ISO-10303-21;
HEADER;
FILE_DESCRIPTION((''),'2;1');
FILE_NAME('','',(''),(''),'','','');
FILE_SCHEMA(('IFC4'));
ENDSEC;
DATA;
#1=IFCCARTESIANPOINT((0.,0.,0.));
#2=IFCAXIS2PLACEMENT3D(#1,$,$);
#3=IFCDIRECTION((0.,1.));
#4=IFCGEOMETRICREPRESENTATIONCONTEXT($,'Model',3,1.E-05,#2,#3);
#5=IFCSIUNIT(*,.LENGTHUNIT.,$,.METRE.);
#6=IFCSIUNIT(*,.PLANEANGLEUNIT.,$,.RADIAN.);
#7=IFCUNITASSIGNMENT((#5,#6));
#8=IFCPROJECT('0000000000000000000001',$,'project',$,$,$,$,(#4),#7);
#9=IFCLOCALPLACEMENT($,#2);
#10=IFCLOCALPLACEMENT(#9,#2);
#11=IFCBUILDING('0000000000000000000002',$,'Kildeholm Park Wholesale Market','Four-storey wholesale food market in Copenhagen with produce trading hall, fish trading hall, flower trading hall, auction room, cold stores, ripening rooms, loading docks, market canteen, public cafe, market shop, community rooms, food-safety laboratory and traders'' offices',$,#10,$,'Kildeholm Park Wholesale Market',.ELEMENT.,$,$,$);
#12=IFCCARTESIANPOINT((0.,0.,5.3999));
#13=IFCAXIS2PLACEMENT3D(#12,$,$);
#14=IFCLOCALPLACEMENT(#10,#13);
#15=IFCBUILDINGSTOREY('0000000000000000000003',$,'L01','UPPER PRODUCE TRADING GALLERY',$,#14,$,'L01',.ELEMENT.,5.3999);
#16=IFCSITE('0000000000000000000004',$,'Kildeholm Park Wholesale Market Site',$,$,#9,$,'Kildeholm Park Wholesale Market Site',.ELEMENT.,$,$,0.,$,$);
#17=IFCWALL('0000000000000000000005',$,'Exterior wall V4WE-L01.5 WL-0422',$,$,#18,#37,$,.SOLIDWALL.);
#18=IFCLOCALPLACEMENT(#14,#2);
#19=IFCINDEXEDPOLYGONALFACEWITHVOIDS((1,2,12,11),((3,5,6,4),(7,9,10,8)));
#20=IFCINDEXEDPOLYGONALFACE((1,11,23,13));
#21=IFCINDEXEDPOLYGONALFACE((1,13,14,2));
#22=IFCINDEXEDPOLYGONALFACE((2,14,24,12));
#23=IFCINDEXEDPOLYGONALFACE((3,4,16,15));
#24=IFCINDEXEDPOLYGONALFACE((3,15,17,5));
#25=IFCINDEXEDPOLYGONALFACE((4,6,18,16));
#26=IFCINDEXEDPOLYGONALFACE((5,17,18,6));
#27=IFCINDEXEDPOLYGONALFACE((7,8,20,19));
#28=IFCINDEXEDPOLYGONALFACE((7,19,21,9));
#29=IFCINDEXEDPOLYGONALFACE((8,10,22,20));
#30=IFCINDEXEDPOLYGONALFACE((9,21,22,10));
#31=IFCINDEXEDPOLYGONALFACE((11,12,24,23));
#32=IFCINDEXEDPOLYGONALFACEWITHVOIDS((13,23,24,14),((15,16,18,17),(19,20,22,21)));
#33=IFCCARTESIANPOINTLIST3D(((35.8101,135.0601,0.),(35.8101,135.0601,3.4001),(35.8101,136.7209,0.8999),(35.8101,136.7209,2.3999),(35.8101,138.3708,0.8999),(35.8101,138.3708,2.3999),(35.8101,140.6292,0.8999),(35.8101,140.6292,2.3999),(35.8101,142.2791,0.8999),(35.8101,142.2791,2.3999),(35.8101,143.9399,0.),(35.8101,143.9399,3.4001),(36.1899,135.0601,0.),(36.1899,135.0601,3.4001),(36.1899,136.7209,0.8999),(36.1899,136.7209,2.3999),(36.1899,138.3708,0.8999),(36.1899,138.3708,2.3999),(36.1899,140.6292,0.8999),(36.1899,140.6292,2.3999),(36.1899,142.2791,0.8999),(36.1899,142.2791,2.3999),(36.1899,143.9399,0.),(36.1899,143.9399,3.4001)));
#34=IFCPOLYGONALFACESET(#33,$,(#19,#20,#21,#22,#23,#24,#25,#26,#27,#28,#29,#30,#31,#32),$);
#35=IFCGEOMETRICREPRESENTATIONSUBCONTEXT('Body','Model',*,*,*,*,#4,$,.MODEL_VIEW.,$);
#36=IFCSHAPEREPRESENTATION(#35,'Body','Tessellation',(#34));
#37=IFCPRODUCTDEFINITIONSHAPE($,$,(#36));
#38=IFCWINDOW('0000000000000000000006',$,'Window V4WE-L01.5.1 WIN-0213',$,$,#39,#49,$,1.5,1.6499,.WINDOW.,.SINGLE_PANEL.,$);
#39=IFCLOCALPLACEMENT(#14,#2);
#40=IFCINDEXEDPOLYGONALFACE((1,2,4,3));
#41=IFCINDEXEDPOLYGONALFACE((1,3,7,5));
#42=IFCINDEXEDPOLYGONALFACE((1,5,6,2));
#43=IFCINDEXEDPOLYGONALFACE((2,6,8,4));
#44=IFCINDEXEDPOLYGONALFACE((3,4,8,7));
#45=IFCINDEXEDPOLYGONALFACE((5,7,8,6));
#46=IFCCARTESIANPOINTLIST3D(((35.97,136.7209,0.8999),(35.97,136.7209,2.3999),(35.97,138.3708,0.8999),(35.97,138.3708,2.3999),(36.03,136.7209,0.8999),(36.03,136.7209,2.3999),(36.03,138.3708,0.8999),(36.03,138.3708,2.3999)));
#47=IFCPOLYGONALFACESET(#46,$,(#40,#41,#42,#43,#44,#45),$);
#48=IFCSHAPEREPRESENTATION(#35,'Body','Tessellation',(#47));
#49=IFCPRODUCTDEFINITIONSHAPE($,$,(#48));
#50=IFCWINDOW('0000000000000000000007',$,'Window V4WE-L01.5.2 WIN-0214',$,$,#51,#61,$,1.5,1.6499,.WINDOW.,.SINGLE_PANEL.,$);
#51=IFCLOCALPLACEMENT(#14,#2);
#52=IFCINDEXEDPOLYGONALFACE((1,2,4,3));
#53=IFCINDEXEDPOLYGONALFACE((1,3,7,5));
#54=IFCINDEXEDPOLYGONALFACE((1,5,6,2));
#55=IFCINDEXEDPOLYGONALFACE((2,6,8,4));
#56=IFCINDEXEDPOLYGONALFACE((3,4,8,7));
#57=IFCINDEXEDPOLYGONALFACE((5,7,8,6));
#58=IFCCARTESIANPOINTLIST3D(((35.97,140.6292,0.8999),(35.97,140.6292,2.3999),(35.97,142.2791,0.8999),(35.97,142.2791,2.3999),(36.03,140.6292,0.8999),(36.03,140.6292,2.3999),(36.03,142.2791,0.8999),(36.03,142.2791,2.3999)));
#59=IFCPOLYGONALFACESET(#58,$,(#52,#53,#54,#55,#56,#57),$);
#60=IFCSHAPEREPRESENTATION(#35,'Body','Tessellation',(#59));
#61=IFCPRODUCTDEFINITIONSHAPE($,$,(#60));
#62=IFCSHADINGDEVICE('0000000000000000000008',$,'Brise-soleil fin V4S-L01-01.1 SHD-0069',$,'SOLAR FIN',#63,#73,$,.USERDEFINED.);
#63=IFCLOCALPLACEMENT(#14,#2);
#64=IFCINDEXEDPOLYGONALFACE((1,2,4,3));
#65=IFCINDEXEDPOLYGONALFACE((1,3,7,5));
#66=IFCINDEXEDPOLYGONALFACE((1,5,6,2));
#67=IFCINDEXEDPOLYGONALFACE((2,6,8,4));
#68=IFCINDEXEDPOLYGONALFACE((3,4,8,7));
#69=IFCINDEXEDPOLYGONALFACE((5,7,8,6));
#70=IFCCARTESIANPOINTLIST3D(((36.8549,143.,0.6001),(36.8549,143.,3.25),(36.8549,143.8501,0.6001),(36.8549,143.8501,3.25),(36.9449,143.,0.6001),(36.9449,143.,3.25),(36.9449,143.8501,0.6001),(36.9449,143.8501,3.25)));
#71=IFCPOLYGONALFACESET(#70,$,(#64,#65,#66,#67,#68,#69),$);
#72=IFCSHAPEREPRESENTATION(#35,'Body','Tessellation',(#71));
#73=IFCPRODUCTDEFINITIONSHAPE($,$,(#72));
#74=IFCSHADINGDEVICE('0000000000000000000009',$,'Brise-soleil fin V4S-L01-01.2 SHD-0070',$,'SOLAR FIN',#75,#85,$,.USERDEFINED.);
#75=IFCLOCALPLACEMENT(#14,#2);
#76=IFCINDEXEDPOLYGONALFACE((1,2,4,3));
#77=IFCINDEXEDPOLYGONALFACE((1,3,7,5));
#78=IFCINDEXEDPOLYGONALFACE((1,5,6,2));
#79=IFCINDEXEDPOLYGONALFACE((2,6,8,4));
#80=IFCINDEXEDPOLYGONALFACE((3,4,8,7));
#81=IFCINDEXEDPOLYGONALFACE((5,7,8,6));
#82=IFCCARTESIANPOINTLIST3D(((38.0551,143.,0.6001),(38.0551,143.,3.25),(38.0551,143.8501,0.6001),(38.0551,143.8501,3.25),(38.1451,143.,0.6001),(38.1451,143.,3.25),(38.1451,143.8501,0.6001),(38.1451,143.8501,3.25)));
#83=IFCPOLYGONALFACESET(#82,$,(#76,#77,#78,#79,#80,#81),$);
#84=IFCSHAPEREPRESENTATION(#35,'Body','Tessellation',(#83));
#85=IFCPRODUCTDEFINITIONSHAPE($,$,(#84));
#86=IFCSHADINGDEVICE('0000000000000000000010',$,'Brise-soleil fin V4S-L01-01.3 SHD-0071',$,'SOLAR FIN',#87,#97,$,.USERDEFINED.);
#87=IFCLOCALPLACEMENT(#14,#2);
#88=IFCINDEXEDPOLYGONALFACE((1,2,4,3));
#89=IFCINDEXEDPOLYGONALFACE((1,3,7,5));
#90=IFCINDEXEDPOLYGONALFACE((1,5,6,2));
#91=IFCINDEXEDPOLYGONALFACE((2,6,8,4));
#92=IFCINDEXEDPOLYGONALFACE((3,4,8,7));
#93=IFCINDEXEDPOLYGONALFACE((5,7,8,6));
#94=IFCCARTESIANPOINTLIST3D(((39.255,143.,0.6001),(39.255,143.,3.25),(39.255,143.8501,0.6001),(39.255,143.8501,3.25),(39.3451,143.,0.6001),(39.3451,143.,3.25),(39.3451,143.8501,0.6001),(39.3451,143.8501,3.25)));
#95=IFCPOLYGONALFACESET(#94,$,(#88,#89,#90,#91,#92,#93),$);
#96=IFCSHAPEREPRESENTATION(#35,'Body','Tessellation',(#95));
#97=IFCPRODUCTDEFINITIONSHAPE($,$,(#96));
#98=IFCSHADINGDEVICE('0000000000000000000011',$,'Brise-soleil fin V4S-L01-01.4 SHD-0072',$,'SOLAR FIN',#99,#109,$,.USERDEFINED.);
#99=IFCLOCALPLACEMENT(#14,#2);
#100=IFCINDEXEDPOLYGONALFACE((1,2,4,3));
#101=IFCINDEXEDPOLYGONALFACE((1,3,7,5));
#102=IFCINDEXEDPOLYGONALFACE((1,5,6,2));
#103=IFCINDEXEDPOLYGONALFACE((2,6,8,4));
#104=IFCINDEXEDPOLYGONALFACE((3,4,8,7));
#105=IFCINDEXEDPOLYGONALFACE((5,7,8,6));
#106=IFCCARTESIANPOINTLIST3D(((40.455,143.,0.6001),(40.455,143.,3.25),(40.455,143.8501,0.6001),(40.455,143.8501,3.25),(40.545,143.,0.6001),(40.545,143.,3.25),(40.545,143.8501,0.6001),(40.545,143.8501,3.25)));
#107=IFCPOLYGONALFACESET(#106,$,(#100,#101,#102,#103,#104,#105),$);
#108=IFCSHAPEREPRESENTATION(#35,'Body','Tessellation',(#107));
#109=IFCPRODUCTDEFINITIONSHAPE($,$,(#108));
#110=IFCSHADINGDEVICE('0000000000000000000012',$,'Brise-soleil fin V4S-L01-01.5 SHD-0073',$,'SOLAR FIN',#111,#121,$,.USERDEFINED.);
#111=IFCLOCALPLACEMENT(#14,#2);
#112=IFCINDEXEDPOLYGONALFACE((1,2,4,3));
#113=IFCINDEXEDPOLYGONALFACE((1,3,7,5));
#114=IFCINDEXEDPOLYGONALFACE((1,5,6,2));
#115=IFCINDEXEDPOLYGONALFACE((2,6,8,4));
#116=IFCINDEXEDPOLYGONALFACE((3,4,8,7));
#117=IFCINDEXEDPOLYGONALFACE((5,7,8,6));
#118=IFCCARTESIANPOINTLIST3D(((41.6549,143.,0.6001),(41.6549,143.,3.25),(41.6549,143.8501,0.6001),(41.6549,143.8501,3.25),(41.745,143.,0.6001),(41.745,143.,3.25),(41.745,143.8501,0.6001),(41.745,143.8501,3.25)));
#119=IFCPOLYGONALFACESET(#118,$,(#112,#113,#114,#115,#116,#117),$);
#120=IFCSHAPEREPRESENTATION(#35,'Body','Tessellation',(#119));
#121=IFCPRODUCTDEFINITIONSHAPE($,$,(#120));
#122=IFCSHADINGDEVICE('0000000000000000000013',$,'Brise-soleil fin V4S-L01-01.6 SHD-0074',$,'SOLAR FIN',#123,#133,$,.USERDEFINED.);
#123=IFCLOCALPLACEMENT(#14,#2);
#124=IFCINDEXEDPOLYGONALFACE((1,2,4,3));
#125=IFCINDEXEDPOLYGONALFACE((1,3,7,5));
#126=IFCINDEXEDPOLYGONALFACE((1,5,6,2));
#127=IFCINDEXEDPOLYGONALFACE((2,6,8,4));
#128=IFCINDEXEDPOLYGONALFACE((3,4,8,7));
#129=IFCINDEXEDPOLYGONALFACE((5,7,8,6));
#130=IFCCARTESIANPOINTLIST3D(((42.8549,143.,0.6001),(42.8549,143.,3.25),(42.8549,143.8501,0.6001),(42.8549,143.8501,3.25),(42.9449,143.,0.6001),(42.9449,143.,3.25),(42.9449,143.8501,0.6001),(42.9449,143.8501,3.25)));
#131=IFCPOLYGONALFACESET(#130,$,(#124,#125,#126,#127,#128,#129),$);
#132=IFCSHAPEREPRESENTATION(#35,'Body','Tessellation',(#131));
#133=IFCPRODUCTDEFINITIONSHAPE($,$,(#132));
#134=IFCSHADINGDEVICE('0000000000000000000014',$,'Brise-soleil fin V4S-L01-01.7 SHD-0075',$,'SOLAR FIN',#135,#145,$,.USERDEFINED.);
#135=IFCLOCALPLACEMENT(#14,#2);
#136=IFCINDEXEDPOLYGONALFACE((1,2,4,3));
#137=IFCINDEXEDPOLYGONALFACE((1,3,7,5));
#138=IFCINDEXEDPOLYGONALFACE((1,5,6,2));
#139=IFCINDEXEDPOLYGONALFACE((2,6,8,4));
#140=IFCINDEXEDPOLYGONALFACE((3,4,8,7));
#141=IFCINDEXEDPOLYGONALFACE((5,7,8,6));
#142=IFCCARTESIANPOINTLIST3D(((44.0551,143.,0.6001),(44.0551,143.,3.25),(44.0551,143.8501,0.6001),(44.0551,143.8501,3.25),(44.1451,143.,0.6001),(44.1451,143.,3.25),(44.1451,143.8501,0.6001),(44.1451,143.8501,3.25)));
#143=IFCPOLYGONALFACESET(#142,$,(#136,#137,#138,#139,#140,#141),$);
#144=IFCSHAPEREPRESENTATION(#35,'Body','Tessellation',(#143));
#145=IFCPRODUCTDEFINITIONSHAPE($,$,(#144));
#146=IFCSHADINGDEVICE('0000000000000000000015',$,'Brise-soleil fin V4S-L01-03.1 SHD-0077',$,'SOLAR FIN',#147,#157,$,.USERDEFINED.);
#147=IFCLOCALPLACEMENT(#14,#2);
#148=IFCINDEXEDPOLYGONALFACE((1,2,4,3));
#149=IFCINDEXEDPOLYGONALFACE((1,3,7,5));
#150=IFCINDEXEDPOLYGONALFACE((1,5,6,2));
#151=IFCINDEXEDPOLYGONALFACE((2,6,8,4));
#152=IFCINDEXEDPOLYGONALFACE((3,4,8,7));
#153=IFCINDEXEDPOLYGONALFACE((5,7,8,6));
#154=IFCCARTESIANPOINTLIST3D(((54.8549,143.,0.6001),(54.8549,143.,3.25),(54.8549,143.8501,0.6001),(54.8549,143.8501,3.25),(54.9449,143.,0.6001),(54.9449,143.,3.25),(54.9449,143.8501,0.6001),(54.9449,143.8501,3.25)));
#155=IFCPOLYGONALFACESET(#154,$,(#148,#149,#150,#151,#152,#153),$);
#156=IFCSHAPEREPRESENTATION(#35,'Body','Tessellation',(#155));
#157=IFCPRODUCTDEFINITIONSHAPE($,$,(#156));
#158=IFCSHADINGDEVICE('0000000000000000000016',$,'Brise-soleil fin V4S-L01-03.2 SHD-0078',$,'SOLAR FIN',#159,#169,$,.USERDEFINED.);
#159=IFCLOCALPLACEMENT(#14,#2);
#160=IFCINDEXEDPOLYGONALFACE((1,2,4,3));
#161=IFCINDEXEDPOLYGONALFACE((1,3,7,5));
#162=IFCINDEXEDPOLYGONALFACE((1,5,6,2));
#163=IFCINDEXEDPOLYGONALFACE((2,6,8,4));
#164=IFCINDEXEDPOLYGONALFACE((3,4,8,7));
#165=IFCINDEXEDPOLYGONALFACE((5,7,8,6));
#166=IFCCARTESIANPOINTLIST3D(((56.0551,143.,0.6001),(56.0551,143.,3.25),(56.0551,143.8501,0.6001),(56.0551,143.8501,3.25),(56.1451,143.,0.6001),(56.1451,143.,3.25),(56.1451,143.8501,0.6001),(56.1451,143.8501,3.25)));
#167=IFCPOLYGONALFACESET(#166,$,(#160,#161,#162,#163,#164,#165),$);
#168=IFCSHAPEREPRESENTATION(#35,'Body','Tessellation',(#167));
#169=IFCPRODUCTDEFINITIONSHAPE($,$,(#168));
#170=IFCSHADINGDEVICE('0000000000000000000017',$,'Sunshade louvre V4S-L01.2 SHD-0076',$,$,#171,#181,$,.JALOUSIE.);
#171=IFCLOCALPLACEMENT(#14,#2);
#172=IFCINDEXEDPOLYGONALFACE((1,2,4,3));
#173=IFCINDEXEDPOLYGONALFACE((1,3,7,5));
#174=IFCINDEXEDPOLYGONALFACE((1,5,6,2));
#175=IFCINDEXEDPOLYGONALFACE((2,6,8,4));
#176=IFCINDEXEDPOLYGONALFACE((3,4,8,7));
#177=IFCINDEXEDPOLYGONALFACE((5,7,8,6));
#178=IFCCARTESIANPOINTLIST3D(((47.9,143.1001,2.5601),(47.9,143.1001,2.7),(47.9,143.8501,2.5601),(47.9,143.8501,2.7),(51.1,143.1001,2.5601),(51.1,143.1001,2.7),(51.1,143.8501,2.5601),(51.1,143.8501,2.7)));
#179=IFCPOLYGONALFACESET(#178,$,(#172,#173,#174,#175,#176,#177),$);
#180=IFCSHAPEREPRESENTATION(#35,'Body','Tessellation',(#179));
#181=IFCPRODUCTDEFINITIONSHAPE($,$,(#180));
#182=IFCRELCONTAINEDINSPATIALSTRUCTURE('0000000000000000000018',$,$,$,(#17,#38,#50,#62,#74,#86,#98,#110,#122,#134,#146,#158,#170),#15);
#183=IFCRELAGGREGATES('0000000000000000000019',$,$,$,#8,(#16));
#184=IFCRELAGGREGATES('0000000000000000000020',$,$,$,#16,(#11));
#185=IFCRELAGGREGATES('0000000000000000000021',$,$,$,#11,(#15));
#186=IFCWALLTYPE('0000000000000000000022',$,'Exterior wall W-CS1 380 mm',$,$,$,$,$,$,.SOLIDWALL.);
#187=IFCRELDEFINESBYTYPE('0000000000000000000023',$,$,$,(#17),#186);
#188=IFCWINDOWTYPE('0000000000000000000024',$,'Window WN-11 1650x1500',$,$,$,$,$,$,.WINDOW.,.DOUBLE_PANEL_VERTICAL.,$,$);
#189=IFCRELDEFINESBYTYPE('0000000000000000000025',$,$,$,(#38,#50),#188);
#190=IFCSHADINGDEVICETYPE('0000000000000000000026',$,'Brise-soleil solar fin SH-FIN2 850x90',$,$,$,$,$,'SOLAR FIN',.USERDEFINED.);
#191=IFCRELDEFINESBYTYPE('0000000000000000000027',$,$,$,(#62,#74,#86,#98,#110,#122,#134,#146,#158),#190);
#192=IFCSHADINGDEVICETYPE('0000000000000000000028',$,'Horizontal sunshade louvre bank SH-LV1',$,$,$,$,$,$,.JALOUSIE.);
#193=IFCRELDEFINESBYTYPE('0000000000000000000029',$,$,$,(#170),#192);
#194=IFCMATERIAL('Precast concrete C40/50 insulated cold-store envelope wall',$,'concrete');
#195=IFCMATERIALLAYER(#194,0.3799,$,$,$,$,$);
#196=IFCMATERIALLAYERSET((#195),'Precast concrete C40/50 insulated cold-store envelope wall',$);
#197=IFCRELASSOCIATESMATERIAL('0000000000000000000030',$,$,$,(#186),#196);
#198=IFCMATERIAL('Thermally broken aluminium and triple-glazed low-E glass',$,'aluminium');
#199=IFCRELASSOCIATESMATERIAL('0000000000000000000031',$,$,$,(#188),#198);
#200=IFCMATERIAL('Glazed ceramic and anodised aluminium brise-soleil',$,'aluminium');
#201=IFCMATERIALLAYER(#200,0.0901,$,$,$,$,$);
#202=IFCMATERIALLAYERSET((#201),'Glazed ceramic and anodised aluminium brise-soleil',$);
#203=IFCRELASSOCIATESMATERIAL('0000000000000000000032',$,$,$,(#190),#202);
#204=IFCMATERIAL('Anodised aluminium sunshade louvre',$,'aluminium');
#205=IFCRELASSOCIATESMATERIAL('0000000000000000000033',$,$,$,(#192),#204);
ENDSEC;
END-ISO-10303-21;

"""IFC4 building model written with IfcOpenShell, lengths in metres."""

from ifc_helpers import new_model, si_unit, direction, frame, frame_2d, origin, origin_2d, place, context, subcontext, project, spatial, rectangle, extrude, material, layer, layer_set, type_object, element, fill, save


model = new_model("IFC4")

# Units and contexts
model_context = context("Model", 3, precision=1e-05, world=origin(), true_north=direction((0.0, 1.0)))
body_context = subcontext(model_context, "Body", "Model", "MODEL_VIEW")
ifc_project = project(units=[si_unit("LENGTHUNIT", "METRE"), si_unit("PLANEANGLEUNIT", "RADIAN")], contexts=[model_context])

# Site, building, storey
site_placement = place(None, origin())
site = spatial("IfcSite", under=ifc_project, at=site_placement, Name="Kildeholm Park Wholesale Market Site", LongName="Kildeholm Park Wholesale Market Site", CompositionType="ELEMENT", RefElevation=0.0)
building_placement = place(site_placement, origin())
building = spatial("IfcBuilding", under=site, at=building_placement, Name="Kildeholm Park Wholesale Market", Description="Four-storey wholesale food market in Copenhagen with produce trading hall, fish trading hall, flower trading hall, auction room, cold stores, ripening rooms, loading docks, market canteen, public cafe, market shop, community rooms, food-safety laboratory and traders' offices", LongName="Kildeholm Park Wholesale Market", CompositionType="ELEMENT")
storey_placement = place(building_placement, frame((0.0, 0.0, 5.3999)))
storey = spatial("IfcBuildingStorey", under=building, at=storey_placement, Name="L01", Description="UPPER PRODUCE TRADING GALLERY", LongName="L01", CompositionType="ELEMENT", Elevation=5.3999)

# Wall, openings, windows
ifc_material_1 = material(Name="Precast concrete C40/50 insulated cold-store envelope wall", Category="concrete")
ifc_layer_1 = layer(ifc_material_1, 0.3799)
ifc_layer_set_1 = layer_set([ifc_layer_1], Name="Precast concrete C40/50 insulated cold-store envelope wall")
wall_type = type_object("IfcWallType", Name="Exterior wall W-CS1 380 mm", PredefinedType="SOLIDWALL", material=ifc_layer_set_1)
ifc_material_2 = material(Name="Thermally broken aluminium and triple-glazed low-E glass", Category="aluminium")
window_type = type_object("IfcWindowType", Name="Window WN-11 1650x1500", PartitioningType="DOUBLE_PANEL_VERTICAL", PredefinedType="WINDOW", material=ifc_material_2)
wall_1_placement = place(storey_placement, frame((36.0, 135.0601, 0.0), z_axis=(0.0, 0.0, 1.0), x_axis=(0.0, 1.0, 0.0)))
wall_1 = element("IfcWall", 1, at=wall_1_placement, inside=storey, type_object=wall_type, Name="Exterior wall V4WE-L01.5 WL-0422", PredefinedType="SOLIDWALL", context=body_context, shape_type="SweptSolid", body=[
    extrude(rectangle(XDim=8.8799, YDim=0.3799, at=frame_2d((4.4399, 0.0))), origin(), (0.0, 0.0, 1.0), 3.4001),
])
opening_1_placement = place(wall_1_placement, frame((1.6609, 0.0, 0.8999)))
opening_1 = element("IfcOpeningElement", 2, at=opening_1_placement, cuts=wall_1, PredefinedType="OPENING", context=body_context, shape_type="SweptSolid", body=[
    extrude(rectangle(XDim=1.6499, YDim=1.5, at=frame_2d((0.825, 0.75))), frame((0.0, 0.2, 0.0), z_axis=(0.0, -1.0, 0.0), x_axis=(1.0, 0.0, 0.0)), (0.0, 0.0, 1.0), 0.3999),
])
opening_2_placement = place(wall_1_placement, frame((5.5691, 0.0, 0.8999)))
opening_2 = element("IfcOpeningElement", 3, at=opening_2_placement, cuts=wall_1, PredefinedType="OPENING", context=body_context, shape_type="SweptSolid", body=[
    extrude(rectangle(XDim=1.6499, YDim=1.5, at=frame_2d((0.825, 0.75))), frame((0.0, 0.2, 0.0), z_axis=(0.0, -1.0, 0.0), x_axis=(1.0, 0.0, 0.0)), (0.0, 0.0, 1.0), 0.3999),
])
window_1_placement = place(opening_1_placement, origin())
window_1 = element("IfcWindow", 4, at=window_1_placement, inside=storey, type_object=window_type, Name="Window V4WE-L01.5.1 WIN-0213", OverallHeight=1.5, OverallWidth=1.6499, PartitioningType="SINGLE_PANEL", PredefinedType="WINDOW", context=body_context, shape_type="SweptSolid", body=[
    extrude(rectangle(XDim=1.6499, YDim=1.5, at=frame_2d((0.825, 0.75))), frame((0.0, 0.03, 0.0), z_axis=(0.0, -1.0, 0.0), x_axis=(1.0, 0.0, 0.0)), (0.0, 0.0, 1.0), 0.0601),
])
fill(opening_1, window_1)
window_2_placement = place(opening_2_placement, origin())
window_2 = element("IfcWindow", 5, at=window_2_placement, inside=storey, type_object=window_type, Name="Window V4WE-L01.5.2 WIN-0214", OverallHeight=1.5, OverallWidth=1.6499, PartitioningType="SINGLE_PANEL", PredefinedType="WINDOW", context=body_context, shape_type="SweptSolid", body=[
    extrude(rectangle(XDim=1.6499, YDim=1.5, at=frame_2d((0.825, 0.75))), frame((0.0, 0.03, 0.0), z_axis=(0.0, -1.0, 0.0), x_axis=(1.0, 0.0, 0.0)), (0.0, 0.0, 1.0), 0.0601),
])
fill(opening_2, window_2)

# Shading devices
ifc_material_3 = material(Name="Glazed ceramic and anodised aluminium brise-soleil", Category="aluminium")
ifc_layer_2 = layer(ifc_material_3, 0.0901)
ifc_layer_set_2 = layer_set([ifc_layer_2], Name="Glazed ceramic and anodised aluminium brise-soleil")
shading_device_type_1 = type_object("IfcShadingDeviceType", Name="Brise-soleil solar fin SH-FIN2 850x90", ElementType="SOLAR FIN", PredefinedType="USERDEFINED", material=ifc_layer_set_2)
for number, where, z_axis, x_axis, name in (
    (6, (36.8999, 143.425, 0.6001), (0.0, 0.0, 1.0), (0.0, -1.0, 0.0), "Brise-soleil fin V4S-L01-01.1 SHD-0069"),
    (7, (38.1001, 143.425, 0.6001), (0.0, 0.0, 1.0), (0.0, -1.0, 0.0), "Brise-soleil fin V4S-L01-01.2 SHD-0070"),
    (8, (39.3, 143.425, 0.6001), (0.0, 0.0, 1.0), (0.0, -1.0, 0.0), "Brise-soleil fin V4S-L01-01.3 SHD-0071"),
    (9, (40.5, 143.425, 0.6001), (0.0, 0.0, 1.0), (0.0, -1.0, 0.0), "Brise-soleil fin V4S-L01-01.4 SHD-0072"),
    (10, (41.7, 143.425, 0.6001), (0.0, 0.0, 1.0), (0.0, -1.0, 0.0), "Brise-soleil fin V4S-L01-01.5 SHD-0073"),
    (11, (42.8999, 143.425, 0.6001), (0.0, 0.0, 1.0), (0.0, -1.0, 0.0), "Brise-soleil fin V4S-L01-01.6 SHD-0074"),
    (12, (44.1001, 143.425, 0.6001), (0.0, 0.0, 1.0), (0.0, -1.0, 0.0), "Brise-soleil fin V4S-L01-01.7 SHD-0075"),
    (13, (54.8999, 143.425, 0.6001), (0.0, 0.0, 1.0), (0.0, -1.0, 0.0), "Brise-soleil fin V4S-L01-03.1 SHD-0077"),
    (14, (56.1001, 143.425, 0.6001), (0.0, 0.0, 1.0), (0.0, -1.0, 0.0), "Brise-soleil fin V4S-L01-03.2 SHD-0078"),
):
    element("IfcShadingDevice", number, at=place(storey_placement, frame(where, z_axis=z_axis, x_axis=x_axis)), inside=storey, type_object=shading_device_type_1, Name=name, ObjectType="SOLAR FIN", PredefinedType="USERDEFINED", context=body_context, shape_type="SweptSolid", body=[
        extrude(rectangle(XDim=0.8501, YDim=0.0901, at=origin_2d()), origin(), (0.0, 0.0, 1.0), 2.6499),
    ])
ifc_material_4 = material(Name="Anodised aluminium sunshade louvre", Category="aluminium")
shading_device_type_2 = type_object("IfcShadingDeviceType", Name="Horizontal sunshade louvre bank SH-LV1", PredefinedType="JALOUSIE", material=ifc_material_4)
shading_device_placement = place(storey_placement, frame((49.5, 143.4751, 2.5601), z_axis=(0.0, 0.0, 1.0), x_axis=(1.0, 0.0, 0.0)))
element("IfcShadingDevice", 15, at=shading_device_placement, inside=storey, type_object=shading_device_type_2, Name="Sunshade louvre V4S-L01.2 SHD-0076", PredefinedType="JALOUSIE", context=body_context, shape_type="SweptSolid", body=[
    extrude(rectangle(XDim=3.2, YDim=0.75, at=origin_2d()), origin(), (0.0, 0.0, 1.0), 0.1399),
])

save(model, "model.ifc")
